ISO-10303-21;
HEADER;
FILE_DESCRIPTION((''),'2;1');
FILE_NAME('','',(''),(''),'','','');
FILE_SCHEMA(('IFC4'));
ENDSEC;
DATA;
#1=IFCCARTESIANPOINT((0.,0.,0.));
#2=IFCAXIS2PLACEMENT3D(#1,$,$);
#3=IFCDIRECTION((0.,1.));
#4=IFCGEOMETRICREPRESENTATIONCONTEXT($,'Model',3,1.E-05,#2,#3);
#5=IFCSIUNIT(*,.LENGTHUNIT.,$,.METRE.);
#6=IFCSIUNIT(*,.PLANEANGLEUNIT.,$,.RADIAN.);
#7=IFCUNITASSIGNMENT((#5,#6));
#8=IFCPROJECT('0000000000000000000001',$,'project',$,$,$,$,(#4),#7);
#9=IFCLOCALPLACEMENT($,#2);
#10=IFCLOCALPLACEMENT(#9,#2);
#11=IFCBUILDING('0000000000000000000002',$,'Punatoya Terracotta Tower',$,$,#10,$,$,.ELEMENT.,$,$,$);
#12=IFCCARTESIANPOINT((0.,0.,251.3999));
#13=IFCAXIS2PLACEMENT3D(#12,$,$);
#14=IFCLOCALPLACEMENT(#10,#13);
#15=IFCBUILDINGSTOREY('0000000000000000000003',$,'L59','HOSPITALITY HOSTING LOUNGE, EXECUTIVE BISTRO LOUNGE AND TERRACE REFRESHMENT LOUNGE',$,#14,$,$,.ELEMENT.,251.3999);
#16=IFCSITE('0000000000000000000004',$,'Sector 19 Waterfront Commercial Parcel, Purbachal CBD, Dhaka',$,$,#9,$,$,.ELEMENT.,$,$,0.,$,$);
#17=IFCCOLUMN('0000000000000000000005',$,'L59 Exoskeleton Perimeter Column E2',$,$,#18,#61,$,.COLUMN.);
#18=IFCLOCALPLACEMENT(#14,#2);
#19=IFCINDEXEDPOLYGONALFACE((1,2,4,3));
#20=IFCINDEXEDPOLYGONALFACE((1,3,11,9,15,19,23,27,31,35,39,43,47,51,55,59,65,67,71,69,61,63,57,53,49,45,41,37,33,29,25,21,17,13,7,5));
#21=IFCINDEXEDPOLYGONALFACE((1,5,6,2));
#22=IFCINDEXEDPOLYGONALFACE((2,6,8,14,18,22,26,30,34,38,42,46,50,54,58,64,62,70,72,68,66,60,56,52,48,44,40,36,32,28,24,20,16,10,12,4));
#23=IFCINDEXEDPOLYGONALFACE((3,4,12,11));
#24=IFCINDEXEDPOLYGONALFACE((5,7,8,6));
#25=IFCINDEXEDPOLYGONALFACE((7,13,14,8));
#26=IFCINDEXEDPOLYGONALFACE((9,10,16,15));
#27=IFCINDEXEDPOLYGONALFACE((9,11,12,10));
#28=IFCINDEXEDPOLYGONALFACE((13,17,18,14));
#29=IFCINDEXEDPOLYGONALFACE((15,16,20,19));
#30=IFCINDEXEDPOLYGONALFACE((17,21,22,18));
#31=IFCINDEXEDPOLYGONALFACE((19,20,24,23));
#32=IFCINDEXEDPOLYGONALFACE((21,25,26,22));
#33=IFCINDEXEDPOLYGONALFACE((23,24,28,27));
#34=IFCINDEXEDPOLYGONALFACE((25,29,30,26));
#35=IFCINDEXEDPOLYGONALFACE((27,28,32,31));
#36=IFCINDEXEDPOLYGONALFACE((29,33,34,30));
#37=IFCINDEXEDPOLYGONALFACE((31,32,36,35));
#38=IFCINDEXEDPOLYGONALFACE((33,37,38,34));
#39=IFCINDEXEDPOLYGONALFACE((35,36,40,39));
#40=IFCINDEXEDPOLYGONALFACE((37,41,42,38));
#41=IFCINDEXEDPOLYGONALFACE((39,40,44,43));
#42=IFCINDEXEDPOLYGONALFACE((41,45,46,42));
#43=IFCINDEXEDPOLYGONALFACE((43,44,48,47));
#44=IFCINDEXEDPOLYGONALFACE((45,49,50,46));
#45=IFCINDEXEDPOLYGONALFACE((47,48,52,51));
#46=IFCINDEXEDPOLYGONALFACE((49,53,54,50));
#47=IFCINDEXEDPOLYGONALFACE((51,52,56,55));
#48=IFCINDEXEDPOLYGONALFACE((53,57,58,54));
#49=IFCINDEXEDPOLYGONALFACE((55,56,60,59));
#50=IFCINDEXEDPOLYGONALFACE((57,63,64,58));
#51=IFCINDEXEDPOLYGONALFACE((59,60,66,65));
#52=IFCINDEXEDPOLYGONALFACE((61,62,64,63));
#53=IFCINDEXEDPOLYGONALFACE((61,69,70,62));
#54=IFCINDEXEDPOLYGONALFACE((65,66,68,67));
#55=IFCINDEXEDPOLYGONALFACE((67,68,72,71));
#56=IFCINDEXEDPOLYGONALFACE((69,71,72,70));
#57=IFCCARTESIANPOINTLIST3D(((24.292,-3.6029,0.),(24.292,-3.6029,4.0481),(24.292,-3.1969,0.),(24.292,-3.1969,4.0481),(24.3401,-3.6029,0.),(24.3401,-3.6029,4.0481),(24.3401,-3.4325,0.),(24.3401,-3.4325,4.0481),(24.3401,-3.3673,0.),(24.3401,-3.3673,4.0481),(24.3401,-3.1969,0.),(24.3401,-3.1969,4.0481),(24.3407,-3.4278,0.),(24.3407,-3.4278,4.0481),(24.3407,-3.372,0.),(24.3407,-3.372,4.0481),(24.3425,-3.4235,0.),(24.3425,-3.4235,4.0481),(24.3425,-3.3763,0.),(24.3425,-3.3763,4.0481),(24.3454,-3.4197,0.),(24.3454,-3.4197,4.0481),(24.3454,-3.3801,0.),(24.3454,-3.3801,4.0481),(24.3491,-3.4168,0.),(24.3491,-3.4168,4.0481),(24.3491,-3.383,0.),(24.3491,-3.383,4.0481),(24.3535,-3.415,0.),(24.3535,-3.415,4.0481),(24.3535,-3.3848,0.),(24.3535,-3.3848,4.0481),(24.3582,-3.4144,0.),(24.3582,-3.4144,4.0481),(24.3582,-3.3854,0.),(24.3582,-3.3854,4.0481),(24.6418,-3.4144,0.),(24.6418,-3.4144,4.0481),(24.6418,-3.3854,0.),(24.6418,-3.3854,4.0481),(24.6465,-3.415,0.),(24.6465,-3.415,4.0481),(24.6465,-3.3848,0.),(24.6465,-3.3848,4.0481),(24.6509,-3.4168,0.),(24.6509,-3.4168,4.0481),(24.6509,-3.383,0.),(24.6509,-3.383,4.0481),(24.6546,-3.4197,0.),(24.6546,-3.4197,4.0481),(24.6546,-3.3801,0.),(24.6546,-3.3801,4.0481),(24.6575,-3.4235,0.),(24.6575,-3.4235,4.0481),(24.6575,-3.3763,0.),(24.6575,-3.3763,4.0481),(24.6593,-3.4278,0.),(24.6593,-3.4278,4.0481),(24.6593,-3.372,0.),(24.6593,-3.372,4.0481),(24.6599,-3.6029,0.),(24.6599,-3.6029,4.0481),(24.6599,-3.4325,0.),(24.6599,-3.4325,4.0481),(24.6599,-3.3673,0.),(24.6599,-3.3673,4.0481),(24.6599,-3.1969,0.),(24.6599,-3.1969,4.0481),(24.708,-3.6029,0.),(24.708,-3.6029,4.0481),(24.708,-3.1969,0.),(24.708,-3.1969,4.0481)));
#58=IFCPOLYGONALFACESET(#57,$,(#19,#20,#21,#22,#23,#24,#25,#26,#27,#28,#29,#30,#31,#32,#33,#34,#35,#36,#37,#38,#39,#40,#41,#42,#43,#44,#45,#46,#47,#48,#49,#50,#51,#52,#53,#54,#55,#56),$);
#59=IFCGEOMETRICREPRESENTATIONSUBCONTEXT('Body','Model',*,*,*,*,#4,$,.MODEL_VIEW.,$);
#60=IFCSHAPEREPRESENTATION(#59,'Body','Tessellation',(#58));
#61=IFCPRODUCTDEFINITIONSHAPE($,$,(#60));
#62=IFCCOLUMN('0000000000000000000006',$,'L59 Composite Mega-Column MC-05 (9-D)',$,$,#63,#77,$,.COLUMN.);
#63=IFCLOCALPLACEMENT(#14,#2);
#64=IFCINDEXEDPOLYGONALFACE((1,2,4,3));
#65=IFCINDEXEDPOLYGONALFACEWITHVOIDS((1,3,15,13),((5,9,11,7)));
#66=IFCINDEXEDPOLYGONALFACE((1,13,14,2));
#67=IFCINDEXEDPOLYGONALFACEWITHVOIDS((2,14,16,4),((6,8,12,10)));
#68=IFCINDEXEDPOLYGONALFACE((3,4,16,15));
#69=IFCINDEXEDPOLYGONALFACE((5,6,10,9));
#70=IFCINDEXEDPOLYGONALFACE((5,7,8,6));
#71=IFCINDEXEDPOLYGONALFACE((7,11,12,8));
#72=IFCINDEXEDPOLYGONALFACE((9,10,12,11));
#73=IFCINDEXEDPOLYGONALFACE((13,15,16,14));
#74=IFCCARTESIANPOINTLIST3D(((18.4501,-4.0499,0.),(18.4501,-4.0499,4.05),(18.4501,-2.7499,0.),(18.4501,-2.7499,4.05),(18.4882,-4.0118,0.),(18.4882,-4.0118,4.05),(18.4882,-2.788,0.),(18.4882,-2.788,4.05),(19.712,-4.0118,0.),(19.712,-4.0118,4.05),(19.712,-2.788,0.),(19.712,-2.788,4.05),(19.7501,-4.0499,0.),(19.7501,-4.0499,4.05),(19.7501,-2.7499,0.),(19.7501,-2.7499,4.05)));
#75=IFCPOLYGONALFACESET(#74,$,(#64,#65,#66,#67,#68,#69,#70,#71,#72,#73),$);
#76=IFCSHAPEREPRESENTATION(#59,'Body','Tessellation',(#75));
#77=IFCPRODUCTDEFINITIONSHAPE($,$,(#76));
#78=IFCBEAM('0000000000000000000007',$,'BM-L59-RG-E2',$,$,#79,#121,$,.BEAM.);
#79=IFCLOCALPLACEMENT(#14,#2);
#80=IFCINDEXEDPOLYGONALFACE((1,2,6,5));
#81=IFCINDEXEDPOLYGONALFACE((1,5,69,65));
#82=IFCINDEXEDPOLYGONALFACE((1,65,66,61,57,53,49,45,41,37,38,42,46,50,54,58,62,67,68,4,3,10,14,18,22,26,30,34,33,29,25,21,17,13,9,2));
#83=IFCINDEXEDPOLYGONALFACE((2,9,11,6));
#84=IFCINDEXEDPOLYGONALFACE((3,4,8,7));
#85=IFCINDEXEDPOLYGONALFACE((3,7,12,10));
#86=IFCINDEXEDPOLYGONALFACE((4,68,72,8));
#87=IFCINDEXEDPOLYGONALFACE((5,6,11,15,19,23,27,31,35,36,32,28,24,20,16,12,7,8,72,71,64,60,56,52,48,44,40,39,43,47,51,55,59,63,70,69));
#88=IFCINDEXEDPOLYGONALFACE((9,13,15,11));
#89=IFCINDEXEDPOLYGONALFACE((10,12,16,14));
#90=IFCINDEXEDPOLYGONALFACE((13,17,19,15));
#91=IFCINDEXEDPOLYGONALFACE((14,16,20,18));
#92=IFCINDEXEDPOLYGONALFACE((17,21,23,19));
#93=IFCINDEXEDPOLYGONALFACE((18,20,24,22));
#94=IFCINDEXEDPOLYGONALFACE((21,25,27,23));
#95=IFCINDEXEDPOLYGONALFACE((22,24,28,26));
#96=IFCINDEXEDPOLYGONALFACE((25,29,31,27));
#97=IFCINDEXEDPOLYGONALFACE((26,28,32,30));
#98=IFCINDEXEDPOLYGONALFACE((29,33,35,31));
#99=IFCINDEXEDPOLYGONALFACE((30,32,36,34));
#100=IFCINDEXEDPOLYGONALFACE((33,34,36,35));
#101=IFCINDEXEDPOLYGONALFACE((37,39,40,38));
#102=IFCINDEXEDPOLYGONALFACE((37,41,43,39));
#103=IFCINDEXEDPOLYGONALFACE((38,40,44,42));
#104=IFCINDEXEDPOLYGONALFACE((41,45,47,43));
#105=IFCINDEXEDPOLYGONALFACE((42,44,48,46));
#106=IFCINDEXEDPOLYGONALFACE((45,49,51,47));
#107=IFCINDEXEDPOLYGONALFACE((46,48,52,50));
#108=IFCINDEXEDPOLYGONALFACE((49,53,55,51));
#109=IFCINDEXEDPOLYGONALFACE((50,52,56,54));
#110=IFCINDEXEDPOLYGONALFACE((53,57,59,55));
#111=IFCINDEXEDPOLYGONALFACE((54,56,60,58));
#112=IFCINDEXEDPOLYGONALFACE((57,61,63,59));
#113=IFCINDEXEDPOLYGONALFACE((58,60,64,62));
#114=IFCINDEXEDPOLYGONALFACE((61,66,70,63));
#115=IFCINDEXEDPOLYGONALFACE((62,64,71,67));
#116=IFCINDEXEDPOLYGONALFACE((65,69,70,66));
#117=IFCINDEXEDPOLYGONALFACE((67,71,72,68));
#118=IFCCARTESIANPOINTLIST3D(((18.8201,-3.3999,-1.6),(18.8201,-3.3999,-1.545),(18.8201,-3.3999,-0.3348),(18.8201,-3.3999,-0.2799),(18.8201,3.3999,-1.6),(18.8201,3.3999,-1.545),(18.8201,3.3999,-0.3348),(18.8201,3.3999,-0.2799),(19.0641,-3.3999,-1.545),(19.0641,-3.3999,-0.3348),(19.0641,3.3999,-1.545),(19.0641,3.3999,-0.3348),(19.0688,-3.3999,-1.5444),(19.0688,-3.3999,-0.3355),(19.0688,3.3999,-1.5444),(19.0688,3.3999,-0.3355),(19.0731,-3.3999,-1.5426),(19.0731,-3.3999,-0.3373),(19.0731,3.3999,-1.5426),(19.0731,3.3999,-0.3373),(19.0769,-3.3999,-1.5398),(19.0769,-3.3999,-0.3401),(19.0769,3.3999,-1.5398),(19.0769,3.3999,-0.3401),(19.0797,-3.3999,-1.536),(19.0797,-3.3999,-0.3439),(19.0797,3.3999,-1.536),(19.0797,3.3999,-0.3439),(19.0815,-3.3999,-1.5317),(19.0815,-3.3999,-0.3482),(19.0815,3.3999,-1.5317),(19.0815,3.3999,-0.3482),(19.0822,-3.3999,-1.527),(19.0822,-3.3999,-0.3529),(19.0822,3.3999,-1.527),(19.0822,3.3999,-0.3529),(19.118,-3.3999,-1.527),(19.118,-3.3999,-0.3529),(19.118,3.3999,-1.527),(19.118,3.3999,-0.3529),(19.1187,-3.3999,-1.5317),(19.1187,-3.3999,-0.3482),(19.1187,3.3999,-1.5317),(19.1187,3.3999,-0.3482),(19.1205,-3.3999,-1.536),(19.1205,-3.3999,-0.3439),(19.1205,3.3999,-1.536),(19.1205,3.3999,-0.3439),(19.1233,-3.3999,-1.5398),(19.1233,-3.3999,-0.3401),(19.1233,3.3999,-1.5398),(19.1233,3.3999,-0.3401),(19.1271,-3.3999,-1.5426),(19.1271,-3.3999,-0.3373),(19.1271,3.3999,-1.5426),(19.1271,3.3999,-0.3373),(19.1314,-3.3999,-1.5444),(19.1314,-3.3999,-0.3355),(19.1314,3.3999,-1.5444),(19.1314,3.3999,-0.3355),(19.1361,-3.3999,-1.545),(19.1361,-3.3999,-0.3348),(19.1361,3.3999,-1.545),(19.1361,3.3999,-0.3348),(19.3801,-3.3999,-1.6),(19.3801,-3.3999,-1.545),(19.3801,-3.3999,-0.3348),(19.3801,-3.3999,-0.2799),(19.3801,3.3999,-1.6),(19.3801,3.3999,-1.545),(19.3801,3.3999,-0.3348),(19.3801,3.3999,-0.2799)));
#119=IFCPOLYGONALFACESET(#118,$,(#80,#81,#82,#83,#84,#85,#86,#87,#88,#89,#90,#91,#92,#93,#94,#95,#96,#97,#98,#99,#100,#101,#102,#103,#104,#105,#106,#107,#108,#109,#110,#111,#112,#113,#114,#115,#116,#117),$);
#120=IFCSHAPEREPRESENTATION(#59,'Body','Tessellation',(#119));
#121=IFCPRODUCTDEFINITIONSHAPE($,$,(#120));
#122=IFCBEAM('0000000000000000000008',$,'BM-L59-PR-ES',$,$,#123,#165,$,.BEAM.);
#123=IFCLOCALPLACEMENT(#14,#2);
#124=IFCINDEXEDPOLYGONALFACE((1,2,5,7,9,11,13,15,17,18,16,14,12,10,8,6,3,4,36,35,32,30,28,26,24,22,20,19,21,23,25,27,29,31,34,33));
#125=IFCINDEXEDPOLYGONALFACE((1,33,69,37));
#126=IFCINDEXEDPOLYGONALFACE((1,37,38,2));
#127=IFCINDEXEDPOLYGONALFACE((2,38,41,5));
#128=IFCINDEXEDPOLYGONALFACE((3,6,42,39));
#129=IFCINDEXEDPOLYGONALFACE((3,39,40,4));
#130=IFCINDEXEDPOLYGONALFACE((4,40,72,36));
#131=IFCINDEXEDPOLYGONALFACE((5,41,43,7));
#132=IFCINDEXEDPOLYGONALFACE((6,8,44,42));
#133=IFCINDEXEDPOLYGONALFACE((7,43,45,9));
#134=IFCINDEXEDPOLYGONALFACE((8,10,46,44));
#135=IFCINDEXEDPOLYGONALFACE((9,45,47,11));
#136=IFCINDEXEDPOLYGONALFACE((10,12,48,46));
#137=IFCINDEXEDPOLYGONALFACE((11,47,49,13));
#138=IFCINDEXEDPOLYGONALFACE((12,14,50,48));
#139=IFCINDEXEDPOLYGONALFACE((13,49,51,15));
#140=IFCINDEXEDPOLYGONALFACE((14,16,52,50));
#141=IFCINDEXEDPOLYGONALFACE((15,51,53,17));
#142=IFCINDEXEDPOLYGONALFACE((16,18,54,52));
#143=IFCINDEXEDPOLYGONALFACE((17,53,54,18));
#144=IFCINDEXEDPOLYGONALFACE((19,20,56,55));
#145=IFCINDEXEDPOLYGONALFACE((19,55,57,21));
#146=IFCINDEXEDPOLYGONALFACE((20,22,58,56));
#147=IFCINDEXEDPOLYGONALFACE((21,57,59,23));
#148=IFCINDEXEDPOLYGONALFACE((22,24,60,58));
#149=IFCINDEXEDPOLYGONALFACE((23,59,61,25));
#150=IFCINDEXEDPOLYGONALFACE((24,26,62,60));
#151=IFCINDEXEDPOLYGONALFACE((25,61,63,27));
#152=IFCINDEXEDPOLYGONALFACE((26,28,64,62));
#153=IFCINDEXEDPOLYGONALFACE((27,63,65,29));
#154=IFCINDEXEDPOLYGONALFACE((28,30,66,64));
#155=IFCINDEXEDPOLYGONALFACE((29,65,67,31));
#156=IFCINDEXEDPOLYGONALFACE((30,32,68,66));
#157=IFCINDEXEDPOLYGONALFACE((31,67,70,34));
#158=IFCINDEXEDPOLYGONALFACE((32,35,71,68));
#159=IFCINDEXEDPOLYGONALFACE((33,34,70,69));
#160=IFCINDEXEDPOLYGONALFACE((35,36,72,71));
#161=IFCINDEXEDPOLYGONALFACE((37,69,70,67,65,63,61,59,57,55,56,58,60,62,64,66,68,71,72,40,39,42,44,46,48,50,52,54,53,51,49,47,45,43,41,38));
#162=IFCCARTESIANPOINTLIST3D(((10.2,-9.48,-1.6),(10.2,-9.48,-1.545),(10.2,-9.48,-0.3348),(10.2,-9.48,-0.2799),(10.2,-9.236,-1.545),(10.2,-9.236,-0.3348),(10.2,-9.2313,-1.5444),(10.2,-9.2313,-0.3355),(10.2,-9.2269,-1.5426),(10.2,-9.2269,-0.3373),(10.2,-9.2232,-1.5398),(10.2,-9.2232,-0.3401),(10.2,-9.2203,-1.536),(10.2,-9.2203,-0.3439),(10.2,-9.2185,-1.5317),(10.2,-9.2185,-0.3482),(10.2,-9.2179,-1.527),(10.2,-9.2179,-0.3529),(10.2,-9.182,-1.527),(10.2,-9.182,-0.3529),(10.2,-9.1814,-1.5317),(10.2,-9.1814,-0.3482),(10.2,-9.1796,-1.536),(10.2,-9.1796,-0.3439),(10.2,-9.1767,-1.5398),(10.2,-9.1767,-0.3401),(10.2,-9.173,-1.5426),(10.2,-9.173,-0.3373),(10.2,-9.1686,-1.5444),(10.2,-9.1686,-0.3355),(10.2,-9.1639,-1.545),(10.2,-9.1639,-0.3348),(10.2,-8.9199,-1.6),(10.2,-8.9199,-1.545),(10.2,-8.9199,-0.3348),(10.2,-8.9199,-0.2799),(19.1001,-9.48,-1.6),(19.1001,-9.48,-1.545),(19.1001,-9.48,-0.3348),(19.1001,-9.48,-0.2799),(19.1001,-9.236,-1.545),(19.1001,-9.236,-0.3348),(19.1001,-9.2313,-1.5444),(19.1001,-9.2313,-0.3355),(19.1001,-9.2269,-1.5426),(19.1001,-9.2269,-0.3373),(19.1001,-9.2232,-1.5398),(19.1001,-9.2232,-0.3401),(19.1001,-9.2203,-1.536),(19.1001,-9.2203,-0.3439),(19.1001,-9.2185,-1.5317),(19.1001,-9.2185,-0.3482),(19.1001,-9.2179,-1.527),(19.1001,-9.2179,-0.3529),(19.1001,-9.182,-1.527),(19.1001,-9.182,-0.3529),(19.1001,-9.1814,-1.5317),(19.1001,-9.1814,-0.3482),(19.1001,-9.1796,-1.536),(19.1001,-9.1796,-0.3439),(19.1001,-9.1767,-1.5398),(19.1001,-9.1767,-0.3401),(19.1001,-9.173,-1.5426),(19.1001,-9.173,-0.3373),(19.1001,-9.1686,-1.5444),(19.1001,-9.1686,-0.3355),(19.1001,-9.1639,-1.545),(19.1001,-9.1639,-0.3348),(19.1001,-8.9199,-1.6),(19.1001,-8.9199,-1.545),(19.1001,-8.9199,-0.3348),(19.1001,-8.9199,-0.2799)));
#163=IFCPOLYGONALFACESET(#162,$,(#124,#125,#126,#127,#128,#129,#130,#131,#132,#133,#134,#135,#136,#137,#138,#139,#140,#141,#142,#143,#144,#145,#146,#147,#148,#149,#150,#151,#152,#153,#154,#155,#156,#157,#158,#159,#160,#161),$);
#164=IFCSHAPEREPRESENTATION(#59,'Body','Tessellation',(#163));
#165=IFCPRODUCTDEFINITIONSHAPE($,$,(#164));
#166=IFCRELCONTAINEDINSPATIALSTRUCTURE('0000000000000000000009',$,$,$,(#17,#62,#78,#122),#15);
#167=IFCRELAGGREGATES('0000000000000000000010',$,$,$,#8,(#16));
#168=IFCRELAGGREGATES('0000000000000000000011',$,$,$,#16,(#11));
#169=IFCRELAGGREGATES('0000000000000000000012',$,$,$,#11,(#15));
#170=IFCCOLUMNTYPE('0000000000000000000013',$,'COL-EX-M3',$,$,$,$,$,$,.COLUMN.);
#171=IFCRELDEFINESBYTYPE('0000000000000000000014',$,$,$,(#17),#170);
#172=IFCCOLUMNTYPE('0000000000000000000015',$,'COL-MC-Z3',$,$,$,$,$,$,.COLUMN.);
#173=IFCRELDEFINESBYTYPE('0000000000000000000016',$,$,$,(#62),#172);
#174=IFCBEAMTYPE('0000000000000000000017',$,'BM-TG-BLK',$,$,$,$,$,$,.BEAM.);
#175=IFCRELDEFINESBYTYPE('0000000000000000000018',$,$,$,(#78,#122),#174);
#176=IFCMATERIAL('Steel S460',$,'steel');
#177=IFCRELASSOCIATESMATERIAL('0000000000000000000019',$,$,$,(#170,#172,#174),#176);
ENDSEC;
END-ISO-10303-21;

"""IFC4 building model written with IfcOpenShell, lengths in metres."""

from ifc_helpers import new_model, si_unit, direction, frame, origin, origin_2d, place, context, subcontext, project, spatial, hollow_rectangle, i_section, extrude, material, material_profile, profile_set, type_object, element, save


model = new_model("IFC4")

# Units and contexts
model_context = context("Model", 3, precision=1e-05, world=origin(), true_north=direction((0.0, 1.0)))
body_context = subcontext(model_context, "Body", "Model", "MODEL_VIEW")
ifc_project = project(units=[si_unit("LENGTHUNIT", "METRE"), si_unit("PLANEANGLEUNIT", "RADIAN")], contexts=[model_context])

# Site, building, storey
site_placement = place(None, origin())
site = spatial("IfcSite", under=ifc_project, at=site_placement, Name="Sector 19 Waterfront Commercial Parcel, Purbachal CBD, Dhaka", CompositionType="ELEMENT", RefElevation=0.0)
building_placement = place(site_placement, origin())
building = spatial("IfcBuilding", under=site, at=building_placement, Name="Punatoya Terracotta Tower", CompositionType="ELEMENT")
storey_placement = place(building_placement, frame((0.0, 0.0, 251.3999)))
storey = spatial("IfcBuildingStorey", under=building, at=storey_placement, Name="L59", Description="HOSPITALITY HOSTING LOUNGE, EXECUTIVE BISTRO LOUNGE AND TERRACE REFRESHMENT LOUNGE", CompositionType="ELEMENT", Elevation=251.3999)

# Columns
ifc_material_1 = material(Name="Steel S460", Category="steel")
ifc_material_profile_1 = material_profile(ifc_material_1, i_section(OverallWidth=0.406, OverallDepth=0.416, WebThickness=0.0291, FlangeThickness=0.0481, FilletRadius=0.0181, at=origin_2d()))
ifc_profile_set_1 = profile_set([ifc_material_profile_1], Name="Steel S460")
column_type_1 = type_object("IfcColumnType", Name="COL-EX-M3", PredefinedType="COLUMN", material=ifc_profile_set_1)
column_1_placement = place(storey_placement, frame((24.5, -3.3999, 0.0), z_axis=(0.0, 0.0, 1.0), x_axis=(0.0, 1.0, 0.0)))
element("IfcColumn", 1, at=column_1_placement, inside=storey, type_object=column_type_1, Name="L59 Exoskeleton Perimeter Column E2", PredefinedType="COLUMN", context=body_context, shape_type="SweptSolid", body=[
    extrude(i_section(OverallWidth=0.406, OverallDepth=0.416, WebThickness=0.0291, FlangeThickness=0.0481, FilletRadius=0.0181, at=origin_2d()), origin(), (0.0, 0.0, 1.0), 4.0481),
])
ifc_material_profile_2 = material_profile(ifc_material_1, hollow_rectangle(XDim=1.3, YDim=1.3, WallThickness=0.0381, at=origin_2d()))
ifc_profile_set_2 = profile_set([ifc_material_profile_2], Name="Steel S460")
column_type_2 = type_object("IfcColumnType", Name="COL-MC-Z3", PredefinedType="COLUMN", material=ifc_profile_set_2)
column_2_placement = place(storey_placement, frame((19.1001, -3.3999, 0.0), z_axis=(0.0, 0.0, 1.0), x_axis=(1.0, 0.0, 0.0)))
element("IfcColumn", 2, at=column_2_placement, inside=storey, type_object=column_type_2, Name="L59 Composite Mega-Column MC-05 (9-D)", PredefinedType="COLUMN", context=body_context, shape_type="SweptSolid", body=[
    extrude(hollow_rectangle(XDim=1.3, YDim=1.3, WallThickness=0.0381, at=origin_2d()), origin(), (0.0, 0.0, 1.0), 4.05),
])

# Beams
ifc_material_profile_3 = material_profile(ifc_material_1, i_section(OverallWidth=0.5601, OverallDepth=1.3201, WebThickness=0.0359, FlangeThickness=0.0549, FilletRadius=0.0181, at=origin_2d()))
ifc_profile_set_3 = profile_set([ifc_material_profile_3], Name="Steel S460")
beam_type = type_object("IfcBeamType", Name="BM-TG-BLK", PredefinedType="BEAM", material=ifc_profile_set_3)
beam_1_placement = place(storey_placement, frame((19.1001, -3.3999, -0.9399), z_axis=(0.0, 1.0, 0.0), x_axis=(-1.0, 0.0, 0.0)))
element("IfcBeam", 3, at=beam_1_placement, inside=storey, type_object=beam_type, Name="BM-L59-RG-E2", PredefinedType="BEAM", context=body_context, shape_type="SweptSolid", body=[
    extrude(i_section(OverallWidth=0.5601, OverallDepth=1.3201, WebThickness=0.0359, FlangeThickness=0.0549, FilletRadius=0.0181, at=origin_2d()), origin(), (0.0, 0.0, 1.0), 6.7998),
])
for number, where, z_axis, x_axis, name in (
    (4, (10.2, -9.2, -0.9399), (1.0, 0.0, 0.0), (0.0, 1.0, 0.0), "BM-L59-PR-ES"),
):
    element("IfcBeam", number, at=place(storey_placement, frame(where, z_axis=z_axis, x_axis=x_axis)), inside=storey, type_object=beam_type, Name=name, PredefinedType="BEAM", context=body_context, shape_type="SweptSolid", body=[
        extrude(i_section(OverallWidth=0.5601, OverallDepth=1.3201, WebThickness=0.0359, FlangeThickness=0.0549, FilletRadius=0.0181, at=origin_2d()), origin(), (0.0, 0.0, 1.0), 8.9001),
    ])

save(model, "model.ifc")
